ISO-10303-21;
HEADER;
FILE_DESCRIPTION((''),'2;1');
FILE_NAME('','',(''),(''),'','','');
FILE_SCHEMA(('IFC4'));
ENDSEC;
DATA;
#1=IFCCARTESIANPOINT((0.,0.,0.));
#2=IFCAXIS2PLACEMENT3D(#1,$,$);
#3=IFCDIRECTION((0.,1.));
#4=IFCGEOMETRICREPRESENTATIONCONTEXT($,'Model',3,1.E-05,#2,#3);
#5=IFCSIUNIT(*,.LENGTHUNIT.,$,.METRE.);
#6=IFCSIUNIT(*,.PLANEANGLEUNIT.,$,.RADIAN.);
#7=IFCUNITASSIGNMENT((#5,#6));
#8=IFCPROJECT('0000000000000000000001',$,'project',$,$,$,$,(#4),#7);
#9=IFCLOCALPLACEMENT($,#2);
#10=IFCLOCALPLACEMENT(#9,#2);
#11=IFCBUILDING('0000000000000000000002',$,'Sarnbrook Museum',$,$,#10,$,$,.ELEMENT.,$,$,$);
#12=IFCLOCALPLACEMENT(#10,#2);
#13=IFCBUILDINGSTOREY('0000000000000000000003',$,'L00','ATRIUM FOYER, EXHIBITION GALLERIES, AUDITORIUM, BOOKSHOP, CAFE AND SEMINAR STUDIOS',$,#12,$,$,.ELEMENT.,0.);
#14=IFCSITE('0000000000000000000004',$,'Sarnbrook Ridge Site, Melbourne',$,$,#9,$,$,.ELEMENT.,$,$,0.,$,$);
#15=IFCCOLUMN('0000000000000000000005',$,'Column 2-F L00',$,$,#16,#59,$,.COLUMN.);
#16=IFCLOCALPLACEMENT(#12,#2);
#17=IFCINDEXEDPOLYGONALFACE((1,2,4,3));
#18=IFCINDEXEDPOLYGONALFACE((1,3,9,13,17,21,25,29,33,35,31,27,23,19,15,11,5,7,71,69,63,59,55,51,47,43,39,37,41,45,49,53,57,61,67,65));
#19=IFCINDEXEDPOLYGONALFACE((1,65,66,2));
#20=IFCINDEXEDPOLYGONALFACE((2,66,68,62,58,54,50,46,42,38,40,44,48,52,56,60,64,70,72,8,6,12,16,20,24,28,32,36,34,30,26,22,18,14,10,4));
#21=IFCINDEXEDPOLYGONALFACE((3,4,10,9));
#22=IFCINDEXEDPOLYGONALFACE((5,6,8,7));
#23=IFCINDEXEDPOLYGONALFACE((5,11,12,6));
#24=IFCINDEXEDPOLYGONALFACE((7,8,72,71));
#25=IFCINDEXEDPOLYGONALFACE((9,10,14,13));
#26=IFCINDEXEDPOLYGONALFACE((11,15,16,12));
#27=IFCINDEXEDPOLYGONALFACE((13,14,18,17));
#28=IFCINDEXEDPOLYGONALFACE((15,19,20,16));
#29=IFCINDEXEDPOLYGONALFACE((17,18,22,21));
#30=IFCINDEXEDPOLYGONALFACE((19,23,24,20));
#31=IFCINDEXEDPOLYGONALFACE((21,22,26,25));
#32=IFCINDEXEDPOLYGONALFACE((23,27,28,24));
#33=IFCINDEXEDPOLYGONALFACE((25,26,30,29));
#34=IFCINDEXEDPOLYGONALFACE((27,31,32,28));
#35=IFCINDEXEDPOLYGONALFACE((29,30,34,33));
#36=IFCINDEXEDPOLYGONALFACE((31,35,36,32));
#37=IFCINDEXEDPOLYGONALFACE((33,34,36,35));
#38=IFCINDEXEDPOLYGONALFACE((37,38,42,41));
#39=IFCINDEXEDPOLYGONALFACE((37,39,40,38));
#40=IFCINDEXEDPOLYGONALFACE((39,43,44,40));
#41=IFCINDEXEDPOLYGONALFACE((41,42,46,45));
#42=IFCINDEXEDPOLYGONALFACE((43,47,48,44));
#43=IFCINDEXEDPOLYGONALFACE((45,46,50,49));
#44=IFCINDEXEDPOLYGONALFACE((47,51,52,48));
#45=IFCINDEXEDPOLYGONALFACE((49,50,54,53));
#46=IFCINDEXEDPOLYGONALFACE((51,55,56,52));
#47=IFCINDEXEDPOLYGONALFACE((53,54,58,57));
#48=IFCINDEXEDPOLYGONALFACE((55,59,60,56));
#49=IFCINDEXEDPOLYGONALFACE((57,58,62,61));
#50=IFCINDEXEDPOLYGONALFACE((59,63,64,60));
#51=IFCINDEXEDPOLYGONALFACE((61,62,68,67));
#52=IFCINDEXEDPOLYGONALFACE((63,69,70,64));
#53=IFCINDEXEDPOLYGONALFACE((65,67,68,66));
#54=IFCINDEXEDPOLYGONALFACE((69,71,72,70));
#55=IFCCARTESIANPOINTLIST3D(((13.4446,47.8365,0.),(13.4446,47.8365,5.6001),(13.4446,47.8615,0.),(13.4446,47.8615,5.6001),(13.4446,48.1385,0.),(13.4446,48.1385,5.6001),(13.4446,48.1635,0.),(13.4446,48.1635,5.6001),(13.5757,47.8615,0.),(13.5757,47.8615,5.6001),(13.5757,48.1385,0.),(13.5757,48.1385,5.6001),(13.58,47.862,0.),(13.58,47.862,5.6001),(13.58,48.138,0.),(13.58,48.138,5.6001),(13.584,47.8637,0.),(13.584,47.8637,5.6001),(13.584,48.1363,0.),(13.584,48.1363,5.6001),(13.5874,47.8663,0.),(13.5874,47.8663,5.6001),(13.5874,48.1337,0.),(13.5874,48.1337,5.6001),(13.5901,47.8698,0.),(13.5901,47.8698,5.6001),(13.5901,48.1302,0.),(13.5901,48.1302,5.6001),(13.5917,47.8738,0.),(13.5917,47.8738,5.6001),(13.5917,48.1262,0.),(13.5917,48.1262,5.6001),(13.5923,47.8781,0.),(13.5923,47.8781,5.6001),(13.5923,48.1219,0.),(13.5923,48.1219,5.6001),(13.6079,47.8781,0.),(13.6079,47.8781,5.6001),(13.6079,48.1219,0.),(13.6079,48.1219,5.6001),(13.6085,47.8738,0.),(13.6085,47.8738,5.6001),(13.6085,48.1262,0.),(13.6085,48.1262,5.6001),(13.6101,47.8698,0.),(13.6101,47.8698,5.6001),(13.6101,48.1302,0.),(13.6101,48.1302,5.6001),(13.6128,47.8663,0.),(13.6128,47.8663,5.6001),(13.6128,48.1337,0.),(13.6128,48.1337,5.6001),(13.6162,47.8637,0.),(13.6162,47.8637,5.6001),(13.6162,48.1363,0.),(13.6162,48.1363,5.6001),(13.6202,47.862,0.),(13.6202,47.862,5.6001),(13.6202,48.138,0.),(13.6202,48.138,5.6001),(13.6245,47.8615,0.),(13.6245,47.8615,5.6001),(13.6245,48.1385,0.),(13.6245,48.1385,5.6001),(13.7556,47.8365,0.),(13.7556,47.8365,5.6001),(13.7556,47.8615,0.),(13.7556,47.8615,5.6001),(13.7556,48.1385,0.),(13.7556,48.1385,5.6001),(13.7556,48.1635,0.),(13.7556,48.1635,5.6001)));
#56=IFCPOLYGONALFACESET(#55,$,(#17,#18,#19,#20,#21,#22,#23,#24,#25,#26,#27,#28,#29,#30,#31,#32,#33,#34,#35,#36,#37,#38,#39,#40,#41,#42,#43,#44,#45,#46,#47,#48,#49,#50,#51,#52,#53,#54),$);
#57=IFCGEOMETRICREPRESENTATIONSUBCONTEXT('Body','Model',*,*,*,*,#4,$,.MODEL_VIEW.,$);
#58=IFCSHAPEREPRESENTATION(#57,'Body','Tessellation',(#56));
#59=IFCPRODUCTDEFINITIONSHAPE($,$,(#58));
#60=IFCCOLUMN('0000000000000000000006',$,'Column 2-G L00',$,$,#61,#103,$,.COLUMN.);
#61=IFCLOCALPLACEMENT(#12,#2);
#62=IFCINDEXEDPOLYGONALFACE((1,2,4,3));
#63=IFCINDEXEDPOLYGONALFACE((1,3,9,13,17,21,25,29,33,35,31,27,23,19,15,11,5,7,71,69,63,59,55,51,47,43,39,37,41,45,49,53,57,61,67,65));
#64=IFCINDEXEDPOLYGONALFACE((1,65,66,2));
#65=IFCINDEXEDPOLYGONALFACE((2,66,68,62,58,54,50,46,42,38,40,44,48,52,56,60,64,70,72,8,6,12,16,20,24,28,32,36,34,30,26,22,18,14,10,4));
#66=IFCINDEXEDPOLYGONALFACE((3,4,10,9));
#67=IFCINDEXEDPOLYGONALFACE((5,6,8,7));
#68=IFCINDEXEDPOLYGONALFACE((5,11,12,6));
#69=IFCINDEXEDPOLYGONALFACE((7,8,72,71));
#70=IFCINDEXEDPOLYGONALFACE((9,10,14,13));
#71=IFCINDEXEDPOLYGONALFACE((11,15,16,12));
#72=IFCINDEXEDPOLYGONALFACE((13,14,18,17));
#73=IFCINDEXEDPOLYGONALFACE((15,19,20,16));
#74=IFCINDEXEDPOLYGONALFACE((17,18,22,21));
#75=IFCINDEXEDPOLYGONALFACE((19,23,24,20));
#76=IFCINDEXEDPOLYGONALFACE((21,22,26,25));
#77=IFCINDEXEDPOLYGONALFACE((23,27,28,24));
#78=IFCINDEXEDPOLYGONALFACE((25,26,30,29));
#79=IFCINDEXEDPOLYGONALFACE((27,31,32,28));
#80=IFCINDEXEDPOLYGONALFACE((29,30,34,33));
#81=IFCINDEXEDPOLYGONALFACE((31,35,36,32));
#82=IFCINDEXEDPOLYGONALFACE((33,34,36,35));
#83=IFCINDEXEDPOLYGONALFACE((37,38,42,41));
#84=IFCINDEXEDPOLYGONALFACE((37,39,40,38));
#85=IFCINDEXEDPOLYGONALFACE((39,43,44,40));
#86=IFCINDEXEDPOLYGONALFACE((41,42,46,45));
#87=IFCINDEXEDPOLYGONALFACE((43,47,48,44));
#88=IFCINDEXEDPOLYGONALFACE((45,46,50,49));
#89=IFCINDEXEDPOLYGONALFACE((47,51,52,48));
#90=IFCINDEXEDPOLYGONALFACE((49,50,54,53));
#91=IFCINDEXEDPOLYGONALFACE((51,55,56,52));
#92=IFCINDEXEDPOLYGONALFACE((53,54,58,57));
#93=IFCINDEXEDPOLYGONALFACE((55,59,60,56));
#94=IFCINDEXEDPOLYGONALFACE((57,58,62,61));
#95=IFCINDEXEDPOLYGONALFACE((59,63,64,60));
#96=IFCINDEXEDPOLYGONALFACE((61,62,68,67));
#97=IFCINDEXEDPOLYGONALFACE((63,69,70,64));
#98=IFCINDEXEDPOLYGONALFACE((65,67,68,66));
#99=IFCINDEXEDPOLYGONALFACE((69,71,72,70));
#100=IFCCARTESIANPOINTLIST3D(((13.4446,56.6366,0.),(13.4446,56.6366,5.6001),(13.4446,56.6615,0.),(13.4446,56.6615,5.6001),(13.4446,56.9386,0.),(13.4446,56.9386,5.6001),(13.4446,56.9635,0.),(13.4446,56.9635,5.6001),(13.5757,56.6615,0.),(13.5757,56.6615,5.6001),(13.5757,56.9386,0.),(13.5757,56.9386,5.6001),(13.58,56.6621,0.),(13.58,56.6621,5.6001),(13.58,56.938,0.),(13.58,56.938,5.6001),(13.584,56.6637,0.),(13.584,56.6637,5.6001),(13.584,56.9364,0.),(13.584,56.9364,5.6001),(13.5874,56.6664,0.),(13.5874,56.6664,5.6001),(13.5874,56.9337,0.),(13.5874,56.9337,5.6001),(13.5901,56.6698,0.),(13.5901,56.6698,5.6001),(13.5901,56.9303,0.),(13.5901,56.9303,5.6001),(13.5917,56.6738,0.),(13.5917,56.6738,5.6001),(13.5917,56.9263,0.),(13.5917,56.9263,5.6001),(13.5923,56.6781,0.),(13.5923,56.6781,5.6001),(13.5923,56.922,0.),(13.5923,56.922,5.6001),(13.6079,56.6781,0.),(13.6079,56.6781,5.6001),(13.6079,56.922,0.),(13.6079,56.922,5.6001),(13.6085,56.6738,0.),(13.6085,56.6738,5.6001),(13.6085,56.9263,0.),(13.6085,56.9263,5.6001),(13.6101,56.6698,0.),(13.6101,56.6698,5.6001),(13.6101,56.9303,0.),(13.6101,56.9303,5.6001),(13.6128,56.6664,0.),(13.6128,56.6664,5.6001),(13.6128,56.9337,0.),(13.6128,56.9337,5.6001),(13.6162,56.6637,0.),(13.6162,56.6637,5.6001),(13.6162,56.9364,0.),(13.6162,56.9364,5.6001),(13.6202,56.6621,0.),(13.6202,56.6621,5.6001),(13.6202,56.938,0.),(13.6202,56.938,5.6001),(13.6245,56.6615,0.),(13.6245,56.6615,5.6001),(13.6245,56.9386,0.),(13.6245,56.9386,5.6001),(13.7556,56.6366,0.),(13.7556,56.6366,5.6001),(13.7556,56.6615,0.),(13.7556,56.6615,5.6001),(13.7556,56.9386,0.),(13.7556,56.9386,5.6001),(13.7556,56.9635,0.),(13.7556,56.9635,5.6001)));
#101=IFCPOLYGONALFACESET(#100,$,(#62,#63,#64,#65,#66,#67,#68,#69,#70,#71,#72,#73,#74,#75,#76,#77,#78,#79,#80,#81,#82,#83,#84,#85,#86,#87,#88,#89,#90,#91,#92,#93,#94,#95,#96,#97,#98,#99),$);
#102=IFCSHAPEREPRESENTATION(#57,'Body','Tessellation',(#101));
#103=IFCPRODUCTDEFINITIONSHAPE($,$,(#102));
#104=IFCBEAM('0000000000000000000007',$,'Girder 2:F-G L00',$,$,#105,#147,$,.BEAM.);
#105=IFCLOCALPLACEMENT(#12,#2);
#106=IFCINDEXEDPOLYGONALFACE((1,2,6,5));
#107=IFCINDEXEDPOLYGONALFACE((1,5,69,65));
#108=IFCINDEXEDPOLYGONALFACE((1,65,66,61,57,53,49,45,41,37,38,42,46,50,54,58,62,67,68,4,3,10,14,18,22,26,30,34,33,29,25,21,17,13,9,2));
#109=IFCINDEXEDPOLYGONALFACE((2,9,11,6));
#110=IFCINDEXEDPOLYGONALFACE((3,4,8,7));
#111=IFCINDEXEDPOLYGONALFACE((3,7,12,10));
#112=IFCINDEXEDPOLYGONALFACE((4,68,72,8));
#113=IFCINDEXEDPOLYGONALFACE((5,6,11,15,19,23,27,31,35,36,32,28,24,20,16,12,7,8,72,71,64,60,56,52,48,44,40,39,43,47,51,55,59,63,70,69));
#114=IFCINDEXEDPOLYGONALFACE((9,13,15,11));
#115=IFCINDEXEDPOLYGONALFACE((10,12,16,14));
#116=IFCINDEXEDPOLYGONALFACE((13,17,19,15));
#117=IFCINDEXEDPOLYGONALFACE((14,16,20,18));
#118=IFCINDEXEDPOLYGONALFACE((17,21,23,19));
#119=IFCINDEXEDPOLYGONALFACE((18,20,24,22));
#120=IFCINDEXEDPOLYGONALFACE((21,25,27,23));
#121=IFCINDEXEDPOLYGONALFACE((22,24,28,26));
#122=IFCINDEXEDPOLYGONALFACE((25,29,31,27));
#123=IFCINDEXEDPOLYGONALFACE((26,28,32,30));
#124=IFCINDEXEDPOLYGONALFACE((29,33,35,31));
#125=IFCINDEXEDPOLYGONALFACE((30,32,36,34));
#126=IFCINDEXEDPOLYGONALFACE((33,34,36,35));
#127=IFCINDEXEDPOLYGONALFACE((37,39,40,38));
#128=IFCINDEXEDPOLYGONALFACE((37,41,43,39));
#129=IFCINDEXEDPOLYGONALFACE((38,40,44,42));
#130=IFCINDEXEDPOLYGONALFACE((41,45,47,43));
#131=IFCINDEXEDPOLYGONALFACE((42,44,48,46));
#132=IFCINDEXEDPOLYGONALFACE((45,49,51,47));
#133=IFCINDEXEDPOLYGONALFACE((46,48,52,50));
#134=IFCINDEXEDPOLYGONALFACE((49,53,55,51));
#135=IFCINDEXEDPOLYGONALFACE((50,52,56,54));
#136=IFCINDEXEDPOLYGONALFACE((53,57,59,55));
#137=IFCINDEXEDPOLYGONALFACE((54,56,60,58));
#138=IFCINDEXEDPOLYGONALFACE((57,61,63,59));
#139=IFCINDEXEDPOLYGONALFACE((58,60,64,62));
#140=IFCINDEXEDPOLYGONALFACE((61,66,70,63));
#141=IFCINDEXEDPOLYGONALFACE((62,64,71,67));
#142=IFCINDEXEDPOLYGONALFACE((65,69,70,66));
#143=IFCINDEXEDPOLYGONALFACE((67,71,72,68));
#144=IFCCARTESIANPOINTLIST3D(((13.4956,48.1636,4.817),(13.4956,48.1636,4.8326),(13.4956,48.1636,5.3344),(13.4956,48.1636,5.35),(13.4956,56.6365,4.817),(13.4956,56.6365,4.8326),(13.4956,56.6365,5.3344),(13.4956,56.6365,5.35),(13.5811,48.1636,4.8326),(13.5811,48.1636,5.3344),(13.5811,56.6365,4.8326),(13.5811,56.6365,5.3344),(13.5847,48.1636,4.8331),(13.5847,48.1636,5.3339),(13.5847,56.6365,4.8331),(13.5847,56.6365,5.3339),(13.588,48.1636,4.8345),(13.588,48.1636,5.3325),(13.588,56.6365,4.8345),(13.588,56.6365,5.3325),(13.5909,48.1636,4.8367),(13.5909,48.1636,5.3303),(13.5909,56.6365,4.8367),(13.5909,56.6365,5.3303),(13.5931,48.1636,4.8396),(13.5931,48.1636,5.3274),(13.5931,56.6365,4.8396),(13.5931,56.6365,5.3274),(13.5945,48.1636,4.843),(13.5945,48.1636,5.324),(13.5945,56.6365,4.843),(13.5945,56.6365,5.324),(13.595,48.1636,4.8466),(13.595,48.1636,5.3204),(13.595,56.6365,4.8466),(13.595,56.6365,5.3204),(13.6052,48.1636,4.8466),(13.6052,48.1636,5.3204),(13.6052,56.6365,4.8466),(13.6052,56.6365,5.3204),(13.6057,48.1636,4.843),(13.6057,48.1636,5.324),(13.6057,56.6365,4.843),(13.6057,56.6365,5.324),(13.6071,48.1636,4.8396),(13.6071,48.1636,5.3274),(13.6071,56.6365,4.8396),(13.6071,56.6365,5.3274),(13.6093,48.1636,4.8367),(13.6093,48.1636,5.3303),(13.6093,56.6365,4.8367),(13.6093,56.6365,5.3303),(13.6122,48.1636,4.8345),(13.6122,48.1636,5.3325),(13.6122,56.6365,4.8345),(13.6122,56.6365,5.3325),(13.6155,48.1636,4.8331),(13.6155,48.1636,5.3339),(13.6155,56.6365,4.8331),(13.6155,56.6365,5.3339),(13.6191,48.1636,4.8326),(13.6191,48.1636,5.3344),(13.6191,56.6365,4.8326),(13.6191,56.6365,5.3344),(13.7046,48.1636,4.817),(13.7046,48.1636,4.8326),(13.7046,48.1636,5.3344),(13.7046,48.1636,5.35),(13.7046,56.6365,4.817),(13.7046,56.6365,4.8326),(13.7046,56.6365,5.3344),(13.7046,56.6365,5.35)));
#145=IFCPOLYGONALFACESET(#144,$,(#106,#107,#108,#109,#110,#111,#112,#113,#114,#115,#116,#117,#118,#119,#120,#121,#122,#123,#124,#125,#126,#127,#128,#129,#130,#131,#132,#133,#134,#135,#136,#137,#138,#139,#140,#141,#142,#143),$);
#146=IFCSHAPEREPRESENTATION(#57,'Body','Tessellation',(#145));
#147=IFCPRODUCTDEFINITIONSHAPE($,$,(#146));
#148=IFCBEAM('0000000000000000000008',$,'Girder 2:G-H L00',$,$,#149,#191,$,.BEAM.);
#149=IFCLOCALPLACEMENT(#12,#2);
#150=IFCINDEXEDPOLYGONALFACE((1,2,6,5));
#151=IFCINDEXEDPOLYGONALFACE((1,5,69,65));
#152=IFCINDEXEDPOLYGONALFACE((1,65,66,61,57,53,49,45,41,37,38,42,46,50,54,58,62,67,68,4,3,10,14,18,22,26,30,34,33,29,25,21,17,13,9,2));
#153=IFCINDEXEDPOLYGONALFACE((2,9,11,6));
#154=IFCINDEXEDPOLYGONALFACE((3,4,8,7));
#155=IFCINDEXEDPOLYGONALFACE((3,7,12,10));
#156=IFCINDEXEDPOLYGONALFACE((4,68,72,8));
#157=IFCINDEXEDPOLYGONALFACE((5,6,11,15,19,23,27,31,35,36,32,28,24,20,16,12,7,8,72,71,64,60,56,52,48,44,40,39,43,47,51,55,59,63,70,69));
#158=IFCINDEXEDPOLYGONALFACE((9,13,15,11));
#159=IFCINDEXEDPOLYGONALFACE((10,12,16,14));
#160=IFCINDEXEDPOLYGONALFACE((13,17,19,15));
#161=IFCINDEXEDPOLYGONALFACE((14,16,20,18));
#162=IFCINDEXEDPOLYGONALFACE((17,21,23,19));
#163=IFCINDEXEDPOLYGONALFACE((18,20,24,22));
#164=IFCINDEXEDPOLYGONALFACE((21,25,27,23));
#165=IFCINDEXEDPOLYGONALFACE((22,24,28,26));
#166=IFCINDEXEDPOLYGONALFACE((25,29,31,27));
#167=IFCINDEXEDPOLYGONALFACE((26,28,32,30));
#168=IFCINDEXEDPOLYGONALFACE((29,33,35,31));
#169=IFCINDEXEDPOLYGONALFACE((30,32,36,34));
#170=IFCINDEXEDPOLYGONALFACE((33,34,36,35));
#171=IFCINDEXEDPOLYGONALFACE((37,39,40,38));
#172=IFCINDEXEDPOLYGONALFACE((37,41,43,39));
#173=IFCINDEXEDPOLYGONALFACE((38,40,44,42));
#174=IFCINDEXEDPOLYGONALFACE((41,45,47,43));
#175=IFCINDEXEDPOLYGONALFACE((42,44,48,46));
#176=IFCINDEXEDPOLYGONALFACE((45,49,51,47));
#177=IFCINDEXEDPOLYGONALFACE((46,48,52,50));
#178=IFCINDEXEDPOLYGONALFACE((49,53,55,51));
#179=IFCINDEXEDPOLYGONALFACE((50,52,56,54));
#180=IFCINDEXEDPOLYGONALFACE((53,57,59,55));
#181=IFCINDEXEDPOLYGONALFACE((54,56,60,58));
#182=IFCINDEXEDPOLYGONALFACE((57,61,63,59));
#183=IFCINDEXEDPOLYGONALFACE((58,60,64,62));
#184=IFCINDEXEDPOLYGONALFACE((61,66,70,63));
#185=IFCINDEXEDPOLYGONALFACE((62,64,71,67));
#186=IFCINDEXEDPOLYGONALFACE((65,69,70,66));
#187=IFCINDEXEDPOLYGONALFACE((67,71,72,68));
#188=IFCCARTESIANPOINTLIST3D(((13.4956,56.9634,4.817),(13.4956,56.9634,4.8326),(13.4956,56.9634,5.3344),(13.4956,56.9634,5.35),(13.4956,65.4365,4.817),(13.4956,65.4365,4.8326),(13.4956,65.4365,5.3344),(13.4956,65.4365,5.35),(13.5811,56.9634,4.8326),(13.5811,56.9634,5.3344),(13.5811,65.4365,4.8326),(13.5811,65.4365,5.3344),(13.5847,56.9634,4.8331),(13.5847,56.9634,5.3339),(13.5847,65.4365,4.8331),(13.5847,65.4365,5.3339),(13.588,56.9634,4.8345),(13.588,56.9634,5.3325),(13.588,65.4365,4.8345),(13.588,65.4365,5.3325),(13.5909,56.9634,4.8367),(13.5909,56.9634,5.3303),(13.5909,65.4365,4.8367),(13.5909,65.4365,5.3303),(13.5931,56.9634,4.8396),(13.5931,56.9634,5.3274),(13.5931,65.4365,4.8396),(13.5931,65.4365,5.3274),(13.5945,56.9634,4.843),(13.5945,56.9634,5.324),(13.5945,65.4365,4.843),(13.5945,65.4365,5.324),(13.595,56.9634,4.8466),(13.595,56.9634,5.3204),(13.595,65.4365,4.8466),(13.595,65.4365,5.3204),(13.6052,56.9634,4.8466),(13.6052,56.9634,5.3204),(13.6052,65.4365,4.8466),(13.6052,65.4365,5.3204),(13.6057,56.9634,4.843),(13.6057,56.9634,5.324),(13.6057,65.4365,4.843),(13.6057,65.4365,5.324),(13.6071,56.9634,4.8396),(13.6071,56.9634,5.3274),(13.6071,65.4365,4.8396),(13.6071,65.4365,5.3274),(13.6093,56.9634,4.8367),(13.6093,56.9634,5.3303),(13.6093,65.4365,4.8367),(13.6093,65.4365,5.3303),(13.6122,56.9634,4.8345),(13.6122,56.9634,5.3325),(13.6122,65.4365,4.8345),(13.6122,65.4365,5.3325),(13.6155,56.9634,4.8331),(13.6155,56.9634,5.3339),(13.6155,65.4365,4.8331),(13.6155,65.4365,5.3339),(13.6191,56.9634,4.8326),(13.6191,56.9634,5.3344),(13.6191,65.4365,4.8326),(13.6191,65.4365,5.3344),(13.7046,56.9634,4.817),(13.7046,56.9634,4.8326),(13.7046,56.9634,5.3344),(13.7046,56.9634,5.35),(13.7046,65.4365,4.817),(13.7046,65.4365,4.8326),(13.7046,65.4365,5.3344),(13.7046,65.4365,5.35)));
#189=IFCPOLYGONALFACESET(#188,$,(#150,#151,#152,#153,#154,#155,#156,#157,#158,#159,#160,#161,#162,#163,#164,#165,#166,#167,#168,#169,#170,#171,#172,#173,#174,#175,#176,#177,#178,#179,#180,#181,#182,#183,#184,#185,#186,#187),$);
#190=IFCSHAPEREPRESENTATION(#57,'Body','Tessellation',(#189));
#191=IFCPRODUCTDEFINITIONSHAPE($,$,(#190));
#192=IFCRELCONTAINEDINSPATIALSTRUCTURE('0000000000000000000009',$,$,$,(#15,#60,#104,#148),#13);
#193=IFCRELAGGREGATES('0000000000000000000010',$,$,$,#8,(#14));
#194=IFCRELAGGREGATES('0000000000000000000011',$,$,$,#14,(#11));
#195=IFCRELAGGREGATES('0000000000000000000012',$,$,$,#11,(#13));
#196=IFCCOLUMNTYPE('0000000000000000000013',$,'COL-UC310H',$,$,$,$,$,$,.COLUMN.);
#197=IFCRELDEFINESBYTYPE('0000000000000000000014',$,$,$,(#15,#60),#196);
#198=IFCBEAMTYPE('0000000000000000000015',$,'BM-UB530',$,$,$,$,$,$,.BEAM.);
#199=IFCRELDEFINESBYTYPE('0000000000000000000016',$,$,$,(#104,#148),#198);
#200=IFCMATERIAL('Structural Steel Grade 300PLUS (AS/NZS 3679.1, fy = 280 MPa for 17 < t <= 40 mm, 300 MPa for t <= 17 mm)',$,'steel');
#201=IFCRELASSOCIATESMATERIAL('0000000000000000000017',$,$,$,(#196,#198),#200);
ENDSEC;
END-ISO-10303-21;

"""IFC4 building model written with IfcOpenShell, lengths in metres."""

from ifc_helpers import new_model, si_unit, direction, frame, origin, origin_2d, place, context, subcontext, project, spatial, i_section, extrude, material, material_profile, profile_set, type_object, element, save


model = new_model("IFC4")

# Units and contexts
model_context = context("Model", 3, precision=1e-05, world=origin(), true_north=direction((0.0, 1.0)))
body_context = subcontext(model_context, "Body", "Model", "MODEL_VIEW")
ifc_project = project(units=[si_unit("LENGTHUNIT", "METRE"), si_unit("PLANEANGLEUNIT", "RADIAN")], contexts=[model_context])

# Site, building, storey
site_placement = place(None, origin())
site = spatial("IfcSite", under=ifc_project, at=site_placement, Name="Sarnbrook Ridge Site, Melbourne", CompositionType="ELEMENT", RefElevation=0.0)
building_placement = place(site_placement, origin())
building = spatial("IfcBuilding", under=site, at=building_placement, Name="Sarnbrook Museum", CompositionType="ELEMENT")
storey_placement = place(building_placement, origin())
storey = spatial("IfcBuildingStorey", under=building, at=storey_placement, Name="L00", Description="ATRIUM FOYER, EXHIBITION GALLERIES, AUDITORIUM, BOOKSHOP, CAFE AND SEMINAR STUDIOS", CompositionType="ELEMENT", Elevation=0.0)

# Columns
ifc_material_1 = material(Name="Structural Steel Grade 300PLUS (AS/NZS 3679.1, fy = 280 MPa for 17 < t <= 40 mm, 300 MPa for t <= 17 mm)", Category="steel")
ifc_material_profile_1 = material_profile(ifc_material_1, i_section(OverallWidth=0.311, OverallDepth=0.3269, WebThickness=0.0156, FlangeThickness=0.0249, FilletRadius=0.0166, at=origin_2d()), Name="310UC158")
ifc_profile_set_1 = profile_set([ifc_material_profile_1], Name="Structural Steel Grade 300PLUS (AS/NZS 3679.1, fy = 280 MPa for 17 < t <= 40 mm, 300 MPa for t <= 17 mm)")
column_type = type_object("IfcColumnType", Name="COL-UC310H", PredefinedType="COLUMN", material=ifc_profile_set_1)
for number, where, z_axis, x_axis, name in (
    (1, (13.6001, 48.0, 0.0), (0.0, 0.0, 1.0), (1.0, 0.0, 0.0), "Column 2-F L00"),
    (2, (13.6001, 56.8, 0.0), (0.0, 0.0, 1.0), (1.0, 0.0, 0.0), "Column 2-G L00"),
):
    element("IfcColumn", number, at=place(storey_placement, frame(where, z_axis=z_axis, x_axis=x_axis)), inside=storey, type_object=column_type, Name=name, PredefinedType="COLUMN", context=body_context, shape_type="SweptSolid", body=[
        extrude(i_section(OverallWidth=0.311, OverallDepth=0.3269, WebThickness=0.0156, FlangeThickness=0.0249, FilletRadius=0.0166, at=origin_2d()), origin(), (0.0, 0.0, 1.0), 5.6001),
    ])

# Beams
ifc_material_profile_2 = material_profile(ifc_material_1, i_section(OverallWidth=0.209, OverallDepth=0.533, WebThickness=0.0103, FlangeThickness=0.0156, FilletRadius=0.0139, at=origin_2d()), Name="530UB92.4")
ifc_profile_set_2 = profile_set([ifc_material_profile_2], Name="Structural Steel Grade 300PLUS (AS/NZS 3679.1, fy = 280 MPa for 17 < t <= 40 mm, 300 MPa for t <= 17 mm)")
beam_type_1 = type_object("IfcBeamType", Name="BM-UB530", PredefinedType="BEAM", material=ifc_profile_set_2)
beam_1_placement = place(storey_placement, frame((13.6001, 48.1636, 5.0835), z_axis=(0.0, 1.0, 0.0), x_axis=(-1.0, 0.0, 0.0)))
element("IfcBeam", 3, at=beam_1_placement, inside=storey, type_object=beam_type_1, Name="Girder 2:F-G L00", PredefinedType="BEAM", context=body_context, shape_type="SweptSolid", body=[
    extrude(i_section(OverallWidth=0.209, OverallDepth=0.533, WebThickness=0.0103, FlangeThickness=0.0156, FilletRadius=0.0139, at=origin_2d()), origin(), (0.0, 0.0, 1.0), 8.4729),
])
beam_2_placement = place(storey_placement, frame((13.6001, 56.9634, 5.0835), z_axis=(0.0, 1.0, 0.0), x_axis=(-1.0, 0.0, 0.0)))
element("IfcBeam", 4, at=beam_2_placement, inside=storey, type_object=beam_type_1, Name="Girder 2:G-H L00", PredefinedType="BEAM", context=body_context, shape_type="SweptSolid", body=[
    extrude(i_section(OverallWidth=0.209, OverallDepth=0.533, WebThickness=0.0103, FlangeThickness=0.0156, FilletRadius=0.0139, at=origin_2d()), origin(), (0.0, 0.0, 1.0), 8.4731),
])

save(model, "model.ifc")
